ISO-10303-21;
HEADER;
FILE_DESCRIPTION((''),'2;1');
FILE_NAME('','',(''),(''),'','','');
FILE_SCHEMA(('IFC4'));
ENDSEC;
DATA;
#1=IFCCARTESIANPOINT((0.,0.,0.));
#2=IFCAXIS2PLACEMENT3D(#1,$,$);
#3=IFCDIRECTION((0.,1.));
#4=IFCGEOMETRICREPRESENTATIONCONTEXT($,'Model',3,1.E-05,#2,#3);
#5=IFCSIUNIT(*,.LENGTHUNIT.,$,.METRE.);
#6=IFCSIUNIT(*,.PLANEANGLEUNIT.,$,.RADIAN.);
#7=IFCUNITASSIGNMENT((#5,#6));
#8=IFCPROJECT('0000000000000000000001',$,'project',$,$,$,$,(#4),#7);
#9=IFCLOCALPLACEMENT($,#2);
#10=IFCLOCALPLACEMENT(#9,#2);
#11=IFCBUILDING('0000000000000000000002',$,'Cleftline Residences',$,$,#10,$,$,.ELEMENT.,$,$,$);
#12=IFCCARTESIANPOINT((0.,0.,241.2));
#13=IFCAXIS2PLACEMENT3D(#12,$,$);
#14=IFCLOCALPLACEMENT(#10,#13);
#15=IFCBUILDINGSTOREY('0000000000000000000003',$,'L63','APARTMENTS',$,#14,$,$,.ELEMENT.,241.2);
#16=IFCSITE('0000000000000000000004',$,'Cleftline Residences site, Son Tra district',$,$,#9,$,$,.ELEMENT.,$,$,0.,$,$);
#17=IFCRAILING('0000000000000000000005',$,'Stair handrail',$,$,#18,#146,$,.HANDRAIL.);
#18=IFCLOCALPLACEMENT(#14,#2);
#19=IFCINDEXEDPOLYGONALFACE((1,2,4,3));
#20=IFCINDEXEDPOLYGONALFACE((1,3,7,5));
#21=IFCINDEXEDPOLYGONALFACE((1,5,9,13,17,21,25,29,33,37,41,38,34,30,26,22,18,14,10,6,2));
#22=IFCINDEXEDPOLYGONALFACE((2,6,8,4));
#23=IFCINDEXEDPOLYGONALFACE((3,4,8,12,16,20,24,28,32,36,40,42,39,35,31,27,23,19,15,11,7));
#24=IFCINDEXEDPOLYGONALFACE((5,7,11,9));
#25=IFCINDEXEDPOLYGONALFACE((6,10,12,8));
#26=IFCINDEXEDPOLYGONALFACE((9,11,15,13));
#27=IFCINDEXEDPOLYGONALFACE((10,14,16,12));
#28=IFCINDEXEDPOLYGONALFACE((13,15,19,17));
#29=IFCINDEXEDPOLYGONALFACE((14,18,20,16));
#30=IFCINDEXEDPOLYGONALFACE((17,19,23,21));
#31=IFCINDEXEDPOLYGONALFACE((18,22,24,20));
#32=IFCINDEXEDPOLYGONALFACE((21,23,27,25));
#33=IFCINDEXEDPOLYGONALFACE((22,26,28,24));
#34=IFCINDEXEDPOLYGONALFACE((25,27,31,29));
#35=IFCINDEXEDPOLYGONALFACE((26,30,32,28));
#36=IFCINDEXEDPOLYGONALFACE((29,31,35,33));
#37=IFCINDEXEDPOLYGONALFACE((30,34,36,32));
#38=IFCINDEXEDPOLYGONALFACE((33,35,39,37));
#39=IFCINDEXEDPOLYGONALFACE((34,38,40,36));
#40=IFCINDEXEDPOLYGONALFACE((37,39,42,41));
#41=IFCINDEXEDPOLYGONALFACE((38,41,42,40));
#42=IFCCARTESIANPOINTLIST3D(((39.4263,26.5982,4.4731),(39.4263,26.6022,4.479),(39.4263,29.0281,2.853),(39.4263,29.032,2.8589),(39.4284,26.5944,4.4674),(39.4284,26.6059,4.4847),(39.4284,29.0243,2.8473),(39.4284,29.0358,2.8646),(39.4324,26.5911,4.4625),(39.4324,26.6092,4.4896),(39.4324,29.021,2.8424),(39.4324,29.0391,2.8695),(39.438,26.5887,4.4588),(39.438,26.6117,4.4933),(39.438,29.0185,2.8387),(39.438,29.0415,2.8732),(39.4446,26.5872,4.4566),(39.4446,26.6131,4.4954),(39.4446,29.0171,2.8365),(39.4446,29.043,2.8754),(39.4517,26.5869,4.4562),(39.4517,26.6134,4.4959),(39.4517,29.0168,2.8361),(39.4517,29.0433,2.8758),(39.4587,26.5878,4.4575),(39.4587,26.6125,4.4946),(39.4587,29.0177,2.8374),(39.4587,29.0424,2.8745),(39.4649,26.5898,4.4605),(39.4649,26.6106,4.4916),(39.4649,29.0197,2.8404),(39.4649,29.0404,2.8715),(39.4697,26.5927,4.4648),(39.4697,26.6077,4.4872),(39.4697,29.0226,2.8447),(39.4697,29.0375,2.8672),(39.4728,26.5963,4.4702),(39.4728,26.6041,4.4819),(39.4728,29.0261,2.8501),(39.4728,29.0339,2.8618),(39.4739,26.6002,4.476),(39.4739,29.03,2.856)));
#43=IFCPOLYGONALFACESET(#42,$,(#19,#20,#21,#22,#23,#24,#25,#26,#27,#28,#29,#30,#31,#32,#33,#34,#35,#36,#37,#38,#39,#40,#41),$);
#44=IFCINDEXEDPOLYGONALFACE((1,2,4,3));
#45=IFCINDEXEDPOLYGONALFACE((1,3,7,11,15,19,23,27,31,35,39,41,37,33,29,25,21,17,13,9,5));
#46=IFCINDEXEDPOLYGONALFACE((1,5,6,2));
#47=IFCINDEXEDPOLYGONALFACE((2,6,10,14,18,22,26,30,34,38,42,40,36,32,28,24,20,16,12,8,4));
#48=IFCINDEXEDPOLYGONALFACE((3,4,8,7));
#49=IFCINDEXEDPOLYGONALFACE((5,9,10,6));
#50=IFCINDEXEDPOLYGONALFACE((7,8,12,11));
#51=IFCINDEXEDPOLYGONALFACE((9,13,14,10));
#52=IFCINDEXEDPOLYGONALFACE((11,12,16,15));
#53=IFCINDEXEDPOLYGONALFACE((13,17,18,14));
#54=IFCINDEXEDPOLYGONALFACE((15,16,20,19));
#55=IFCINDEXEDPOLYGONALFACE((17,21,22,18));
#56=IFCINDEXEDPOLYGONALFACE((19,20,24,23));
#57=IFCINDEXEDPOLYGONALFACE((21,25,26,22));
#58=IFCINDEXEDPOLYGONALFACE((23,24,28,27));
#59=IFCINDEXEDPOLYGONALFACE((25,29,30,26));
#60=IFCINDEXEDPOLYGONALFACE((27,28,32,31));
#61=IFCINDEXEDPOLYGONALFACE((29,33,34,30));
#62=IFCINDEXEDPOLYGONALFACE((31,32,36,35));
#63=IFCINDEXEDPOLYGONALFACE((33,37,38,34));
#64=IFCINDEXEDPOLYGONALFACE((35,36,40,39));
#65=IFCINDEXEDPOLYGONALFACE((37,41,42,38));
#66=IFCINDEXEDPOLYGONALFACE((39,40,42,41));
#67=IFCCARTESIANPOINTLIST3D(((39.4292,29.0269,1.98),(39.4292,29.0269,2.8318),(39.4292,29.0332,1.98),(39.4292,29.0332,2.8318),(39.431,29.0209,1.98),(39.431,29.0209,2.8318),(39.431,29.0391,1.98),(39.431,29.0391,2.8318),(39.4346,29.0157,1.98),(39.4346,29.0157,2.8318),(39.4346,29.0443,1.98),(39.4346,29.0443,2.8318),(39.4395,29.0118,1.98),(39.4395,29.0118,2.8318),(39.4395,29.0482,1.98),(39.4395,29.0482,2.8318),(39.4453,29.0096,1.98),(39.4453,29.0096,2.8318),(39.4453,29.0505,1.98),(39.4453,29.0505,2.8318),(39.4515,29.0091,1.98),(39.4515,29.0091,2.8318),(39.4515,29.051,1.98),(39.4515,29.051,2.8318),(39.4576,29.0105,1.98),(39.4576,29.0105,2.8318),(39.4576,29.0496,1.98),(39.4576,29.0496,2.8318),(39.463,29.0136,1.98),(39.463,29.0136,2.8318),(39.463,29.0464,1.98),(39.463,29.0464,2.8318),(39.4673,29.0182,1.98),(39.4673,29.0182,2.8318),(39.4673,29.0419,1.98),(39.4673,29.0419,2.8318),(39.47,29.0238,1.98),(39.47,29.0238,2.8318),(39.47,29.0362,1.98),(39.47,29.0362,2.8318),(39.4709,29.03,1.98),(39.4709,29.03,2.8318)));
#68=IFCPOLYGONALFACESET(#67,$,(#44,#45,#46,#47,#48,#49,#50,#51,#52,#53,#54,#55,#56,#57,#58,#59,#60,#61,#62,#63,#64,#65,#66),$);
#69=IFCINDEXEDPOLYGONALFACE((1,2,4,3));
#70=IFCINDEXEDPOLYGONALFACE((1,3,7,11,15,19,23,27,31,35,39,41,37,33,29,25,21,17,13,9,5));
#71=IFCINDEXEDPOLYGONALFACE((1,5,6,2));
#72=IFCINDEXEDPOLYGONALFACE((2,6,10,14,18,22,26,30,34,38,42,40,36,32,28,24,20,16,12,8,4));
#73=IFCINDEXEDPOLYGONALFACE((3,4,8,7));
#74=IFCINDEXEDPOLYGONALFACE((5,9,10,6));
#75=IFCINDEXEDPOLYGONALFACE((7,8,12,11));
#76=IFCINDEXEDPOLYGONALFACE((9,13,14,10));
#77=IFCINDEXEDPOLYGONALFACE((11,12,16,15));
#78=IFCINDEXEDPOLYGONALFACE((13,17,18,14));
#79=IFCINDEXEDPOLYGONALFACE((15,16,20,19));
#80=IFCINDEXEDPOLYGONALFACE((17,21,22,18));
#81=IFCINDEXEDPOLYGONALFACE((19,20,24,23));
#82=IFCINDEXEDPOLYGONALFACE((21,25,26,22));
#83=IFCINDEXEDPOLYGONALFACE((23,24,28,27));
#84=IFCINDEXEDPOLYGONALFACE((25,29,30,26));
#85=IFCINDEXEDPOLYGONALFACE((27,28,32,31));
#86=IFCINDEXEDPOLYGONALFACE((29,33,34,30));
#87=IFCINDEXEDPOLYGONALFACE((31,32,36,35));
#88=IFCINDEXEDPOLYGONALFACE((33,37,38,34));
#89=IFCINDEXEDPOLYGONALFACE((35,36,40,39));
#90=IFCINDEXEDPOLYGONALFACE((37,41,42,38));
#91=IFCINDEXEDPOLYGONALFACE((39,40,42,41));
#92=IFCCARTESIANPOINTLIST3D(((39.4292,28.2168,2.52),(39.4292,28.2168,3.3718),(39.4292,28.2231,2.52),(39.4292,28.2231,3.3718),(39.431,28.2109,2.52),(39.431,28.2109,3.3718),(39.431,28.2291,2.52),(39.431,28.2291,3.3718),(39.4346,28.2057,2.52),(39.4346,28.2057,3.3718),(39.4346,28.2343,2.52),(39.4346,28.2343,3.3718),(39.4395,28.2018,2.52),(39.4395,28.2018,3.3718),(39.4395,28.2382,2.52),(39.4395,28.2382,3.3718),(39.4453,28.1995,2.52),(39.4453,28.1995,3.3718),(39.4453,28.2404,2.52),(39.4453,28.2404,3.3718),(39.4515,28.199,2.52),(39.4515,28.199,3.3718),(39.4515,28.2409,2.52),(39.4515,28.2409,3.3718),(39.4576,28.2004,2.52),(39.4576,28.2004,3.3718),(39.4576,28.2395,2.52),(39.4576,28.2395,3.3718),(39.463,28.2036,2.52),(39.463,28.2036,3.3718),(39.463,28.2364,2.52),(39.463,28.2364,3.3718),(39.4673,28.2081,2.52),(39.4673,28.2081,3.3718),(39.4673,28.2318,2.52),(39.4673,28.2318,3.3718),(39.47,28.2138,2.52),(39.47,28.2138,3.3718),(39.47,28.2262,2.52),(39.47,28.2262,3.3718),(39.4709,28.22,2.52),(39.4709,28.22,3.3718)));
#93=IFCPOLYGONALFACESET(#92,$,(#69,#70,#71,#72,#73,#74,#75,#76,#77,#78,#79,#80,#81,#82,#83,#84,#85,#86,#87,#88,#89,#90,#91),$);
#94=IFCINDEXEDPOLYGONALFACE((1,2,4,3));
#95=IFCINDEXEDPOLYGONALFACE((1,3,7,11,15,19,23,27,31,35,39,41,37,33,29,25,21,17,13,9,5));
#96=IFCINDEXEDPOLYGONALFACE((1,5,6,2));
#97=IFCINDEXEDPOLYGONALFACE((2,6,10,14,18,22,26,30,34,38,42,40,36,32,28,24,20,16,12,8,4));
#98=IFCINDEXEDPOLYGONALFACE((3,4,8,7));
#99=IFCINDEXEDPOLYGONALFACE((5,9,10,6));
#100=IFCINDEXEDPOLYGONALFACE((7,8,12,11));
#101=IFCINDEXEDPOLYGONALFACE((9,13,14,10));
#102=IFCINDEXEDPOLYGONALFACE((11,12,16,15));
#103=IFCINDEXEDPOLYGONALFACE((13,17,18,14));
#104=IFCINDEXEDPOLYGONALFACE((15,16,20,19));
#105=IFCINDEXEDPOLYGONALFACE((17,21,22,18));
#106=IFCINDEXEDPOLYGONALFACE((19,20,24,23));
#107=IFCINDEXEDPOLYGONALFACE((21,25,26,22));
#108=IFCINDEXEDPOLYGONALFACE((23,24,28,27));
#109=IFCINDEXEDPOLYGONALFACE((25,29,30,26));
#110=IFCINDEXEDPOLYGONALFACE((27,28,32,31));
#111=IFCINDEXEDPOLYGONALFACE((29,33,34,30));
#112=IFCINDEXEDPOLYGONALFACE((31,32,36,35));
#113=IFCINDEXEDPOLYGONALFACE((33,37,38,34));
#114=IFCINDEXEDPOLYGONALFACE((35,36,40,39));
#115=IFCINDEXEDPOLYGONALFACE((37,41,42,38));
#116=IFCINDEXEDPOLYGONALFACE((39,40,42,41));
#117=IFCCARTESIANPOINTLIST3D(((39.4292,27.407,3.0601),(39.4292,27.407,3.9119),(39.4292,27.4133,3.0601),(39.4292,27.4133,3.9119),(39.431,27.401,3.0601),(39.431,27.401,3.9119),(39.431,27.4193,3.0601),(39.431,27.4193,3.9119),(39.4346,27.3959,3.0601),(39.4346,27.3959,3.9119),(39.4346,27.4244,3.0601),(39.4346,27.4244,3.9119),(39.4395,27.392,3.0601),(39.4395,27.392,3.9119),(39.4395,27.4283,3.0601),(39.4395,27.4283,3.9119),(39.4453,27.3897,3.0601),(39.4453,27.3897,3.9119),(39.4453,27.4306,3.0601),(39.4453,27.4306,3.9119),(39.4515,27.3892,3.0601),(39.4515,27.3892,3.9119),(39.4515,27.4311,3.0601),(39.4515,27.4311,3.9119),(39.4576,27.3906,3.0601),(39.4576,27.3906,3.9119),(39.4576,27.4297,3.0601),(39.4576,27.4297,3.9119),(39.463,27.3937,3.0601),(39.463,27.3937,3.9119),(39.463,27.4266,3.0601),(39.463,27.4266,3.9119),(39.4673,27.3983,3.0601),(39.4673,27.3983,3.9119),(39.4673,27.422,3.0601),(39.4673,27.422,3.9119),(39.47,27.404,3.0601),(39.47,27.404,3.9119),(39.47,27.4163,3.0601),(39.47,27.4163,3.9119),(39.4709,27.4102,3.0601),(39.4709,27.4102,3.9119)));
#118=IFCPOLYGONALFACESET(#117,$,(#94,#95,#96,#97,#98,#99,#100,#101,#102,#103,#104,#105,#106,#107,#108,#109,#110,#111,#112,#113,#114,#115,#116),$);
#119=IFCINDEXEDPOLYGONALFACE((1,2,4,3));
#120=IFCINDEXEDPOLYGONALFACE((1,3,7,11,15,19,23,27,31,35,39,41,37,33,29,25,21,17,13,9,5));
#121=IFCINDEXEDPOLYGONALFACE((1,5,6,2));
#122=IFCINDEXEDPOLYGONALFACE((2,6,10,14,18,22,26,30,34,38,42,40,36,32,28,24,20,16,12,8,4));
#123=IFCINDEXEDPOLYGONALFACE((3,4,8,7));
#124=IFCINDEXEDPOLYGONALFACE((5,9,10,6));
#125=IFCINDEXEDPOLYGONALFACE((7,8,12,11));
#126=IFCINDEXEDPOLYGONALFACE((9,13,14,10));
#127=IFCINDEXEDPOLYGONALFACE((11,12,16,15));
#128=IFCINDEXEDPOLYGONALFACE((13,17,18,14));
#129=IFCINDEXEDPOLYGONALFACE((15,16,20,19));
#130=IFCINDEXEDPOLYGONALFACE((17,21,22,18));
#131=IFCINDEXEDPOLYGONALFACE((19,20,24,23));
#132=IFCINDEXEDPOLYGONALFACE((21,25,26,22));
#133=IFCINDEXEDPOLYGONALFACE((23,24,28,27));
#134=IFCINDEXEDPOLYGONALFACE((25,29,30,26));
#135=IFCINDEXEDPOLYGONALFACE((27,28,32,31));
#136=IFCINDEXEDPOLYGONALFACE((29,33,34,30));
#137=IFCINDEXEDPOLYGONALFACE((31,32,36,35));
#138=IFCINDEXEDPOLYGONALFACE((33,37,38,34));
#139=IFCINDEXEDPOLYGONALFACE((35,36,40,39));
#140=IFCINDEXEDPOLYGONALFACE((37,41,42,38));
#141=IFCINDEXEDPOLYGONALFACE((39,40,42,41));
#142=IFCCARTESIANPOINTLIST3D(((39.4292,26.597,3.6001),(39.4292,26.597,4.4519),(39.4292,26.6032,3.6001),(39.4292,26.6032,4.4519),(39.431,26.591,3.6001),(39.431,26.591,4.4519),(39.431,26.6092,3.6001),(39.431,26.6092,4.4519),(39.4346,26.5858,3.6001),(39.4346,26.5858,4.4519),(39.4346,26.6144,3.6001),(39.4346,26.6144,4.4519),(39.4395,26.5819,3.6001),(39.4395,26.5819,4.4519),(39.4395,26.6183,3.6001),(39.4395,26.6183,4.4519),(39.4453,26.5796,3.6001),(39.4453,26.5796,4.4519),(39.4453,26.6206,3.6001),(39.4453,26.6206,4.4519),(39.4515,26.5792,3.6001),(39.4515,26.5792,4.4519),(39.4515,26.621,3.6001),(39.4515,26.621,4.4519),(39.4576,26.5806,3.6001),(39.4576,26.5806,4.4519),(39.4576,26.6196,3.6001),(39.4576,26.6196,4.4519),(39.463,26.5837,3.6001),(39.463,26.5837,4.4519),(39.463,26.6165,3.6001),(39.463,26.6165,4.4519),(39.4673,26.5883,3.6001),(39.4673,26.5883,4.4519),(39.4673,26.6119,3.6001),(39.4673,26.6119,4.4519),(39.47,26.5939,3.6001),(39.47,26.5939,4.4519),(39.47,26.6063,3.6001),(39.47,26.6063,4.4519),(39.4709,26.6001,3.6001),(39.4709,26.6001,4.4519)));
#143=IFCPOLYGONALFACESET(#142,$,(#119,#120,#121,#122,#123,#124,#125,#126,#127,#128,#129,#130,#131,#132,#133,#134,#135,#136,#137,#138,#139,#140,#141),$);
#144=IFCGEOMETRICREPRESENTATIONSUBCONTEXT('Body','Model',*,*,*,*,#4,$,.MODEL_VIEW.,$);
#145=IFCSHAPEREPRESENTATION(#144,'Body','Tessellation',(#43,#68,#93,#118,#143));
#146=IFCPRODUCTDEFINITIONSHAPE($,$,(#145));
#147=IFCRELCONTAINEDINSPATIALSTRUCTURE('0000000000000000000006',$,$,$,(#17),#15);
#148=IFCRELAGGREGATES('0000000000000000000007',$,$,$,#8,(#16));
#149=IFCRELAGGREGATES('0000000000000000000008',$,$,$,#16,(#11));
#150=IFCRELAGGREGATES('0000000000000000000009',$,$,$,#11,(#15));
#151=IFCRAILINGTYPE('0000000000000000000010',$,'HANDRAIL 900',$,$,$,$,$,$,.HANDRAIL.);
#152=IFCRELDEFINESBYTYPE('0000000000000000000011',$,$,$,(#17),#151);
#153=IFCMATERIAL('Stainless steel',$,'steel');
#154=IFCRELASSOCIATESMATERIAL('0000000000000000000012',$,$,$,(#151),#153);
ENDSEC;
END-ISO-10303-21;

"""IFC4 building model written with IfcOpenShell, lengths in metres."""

from ifc_helpers import new_model, si_unit, direction, frame, origin, origin_2d, place, context, subcontext, project, spatial, circle, extrude, material, type_object, element, save


model = new_model("IFC4")

# Units and contexts
model_context = context("Model", 3, precision=1e-05, world=origin(), true_north=direction((0.0, 1.0)))
body_context = subcontext(model_context, "Body", "Model", "MODEL_VIEW")
ifc_project = project(units=[si_unit("LENGTHUNIT", "METRE"), si_unit("PLANEANGLEUNIT", "RADIAN")], contexts=[model_context])

# Site, building, storey
site_placement = place(None, origin())
site = spatial("IfcSite", under=ifc_project, at=site_placement, Name="Cleftline Residences site, Son Tra district", CompositionType="ELEMENT", RefElevation=0.0)
building_placement = place(site_placement, origin())
building = spatial("IfcBuilding", under=site, at=building_placement, Name="Cleftline Residences", CompositionType="ELEMENT")
storey_placement = place(building_placement, frame((0.0, 0.0, 241.2)))
storey = spatial("IfcBuildingStorey", under=building, at=storey_placement, Name="L63", Description="APARTMENTS", CompositionType="ELEMENT", Elevation=241.2)

# Railing
ifc_material_1 = material(Name="Stainless steel", Category="steel")
railing_type = type_object("IfcRailingType", Name="HANDRAIL 900", PredefinedType="HANDRAIL", material=ifc_material_1)
railing_1_placement = place(storey_placement, frame((39.45, 29.03, 1.98)))
element("IfcRailing", 1, at=railing_1_placement, inside=storey, type_object=railing_type, Name="Stair handrail", PredefinedType="HANDRAIL", context=body_context, shape_type="SweptSolid", body=[
    extrude(circle(Radius=0.0239, at=origin_2d()), frame((0.0, 0.0, 0.876), z_axis=(0.0, -0.832025, 0.554739), x_axis=(1.0, 0.0, 0.0)), (0.0, 0.0, 1.0), 2.9204),
    extrude(circle(Radius=0.021, at=origin_2d()), origin(), (0.0, 0.0, 1.0), 0.8518),
    extrude(circle(Radius=0.021, at=origin_2d()), frame((0.0, -0.8101, 0.54)), (0.0, 0.0, 1.0), 0.8518),
    extrude(circle(Radius=0.021, at=origin_2d()), frame((0.0, -1.6199, 1.0801)), (0.0, 0.0, 1.0), 0.8518),
    extrude(circle(Radius=0.021, at=origin_2d()), frame((0.0, -2.4299, 1.6201)), (0.0, 0.0, 1.0), 0.8518),
])

save(model, "model.ifc")
